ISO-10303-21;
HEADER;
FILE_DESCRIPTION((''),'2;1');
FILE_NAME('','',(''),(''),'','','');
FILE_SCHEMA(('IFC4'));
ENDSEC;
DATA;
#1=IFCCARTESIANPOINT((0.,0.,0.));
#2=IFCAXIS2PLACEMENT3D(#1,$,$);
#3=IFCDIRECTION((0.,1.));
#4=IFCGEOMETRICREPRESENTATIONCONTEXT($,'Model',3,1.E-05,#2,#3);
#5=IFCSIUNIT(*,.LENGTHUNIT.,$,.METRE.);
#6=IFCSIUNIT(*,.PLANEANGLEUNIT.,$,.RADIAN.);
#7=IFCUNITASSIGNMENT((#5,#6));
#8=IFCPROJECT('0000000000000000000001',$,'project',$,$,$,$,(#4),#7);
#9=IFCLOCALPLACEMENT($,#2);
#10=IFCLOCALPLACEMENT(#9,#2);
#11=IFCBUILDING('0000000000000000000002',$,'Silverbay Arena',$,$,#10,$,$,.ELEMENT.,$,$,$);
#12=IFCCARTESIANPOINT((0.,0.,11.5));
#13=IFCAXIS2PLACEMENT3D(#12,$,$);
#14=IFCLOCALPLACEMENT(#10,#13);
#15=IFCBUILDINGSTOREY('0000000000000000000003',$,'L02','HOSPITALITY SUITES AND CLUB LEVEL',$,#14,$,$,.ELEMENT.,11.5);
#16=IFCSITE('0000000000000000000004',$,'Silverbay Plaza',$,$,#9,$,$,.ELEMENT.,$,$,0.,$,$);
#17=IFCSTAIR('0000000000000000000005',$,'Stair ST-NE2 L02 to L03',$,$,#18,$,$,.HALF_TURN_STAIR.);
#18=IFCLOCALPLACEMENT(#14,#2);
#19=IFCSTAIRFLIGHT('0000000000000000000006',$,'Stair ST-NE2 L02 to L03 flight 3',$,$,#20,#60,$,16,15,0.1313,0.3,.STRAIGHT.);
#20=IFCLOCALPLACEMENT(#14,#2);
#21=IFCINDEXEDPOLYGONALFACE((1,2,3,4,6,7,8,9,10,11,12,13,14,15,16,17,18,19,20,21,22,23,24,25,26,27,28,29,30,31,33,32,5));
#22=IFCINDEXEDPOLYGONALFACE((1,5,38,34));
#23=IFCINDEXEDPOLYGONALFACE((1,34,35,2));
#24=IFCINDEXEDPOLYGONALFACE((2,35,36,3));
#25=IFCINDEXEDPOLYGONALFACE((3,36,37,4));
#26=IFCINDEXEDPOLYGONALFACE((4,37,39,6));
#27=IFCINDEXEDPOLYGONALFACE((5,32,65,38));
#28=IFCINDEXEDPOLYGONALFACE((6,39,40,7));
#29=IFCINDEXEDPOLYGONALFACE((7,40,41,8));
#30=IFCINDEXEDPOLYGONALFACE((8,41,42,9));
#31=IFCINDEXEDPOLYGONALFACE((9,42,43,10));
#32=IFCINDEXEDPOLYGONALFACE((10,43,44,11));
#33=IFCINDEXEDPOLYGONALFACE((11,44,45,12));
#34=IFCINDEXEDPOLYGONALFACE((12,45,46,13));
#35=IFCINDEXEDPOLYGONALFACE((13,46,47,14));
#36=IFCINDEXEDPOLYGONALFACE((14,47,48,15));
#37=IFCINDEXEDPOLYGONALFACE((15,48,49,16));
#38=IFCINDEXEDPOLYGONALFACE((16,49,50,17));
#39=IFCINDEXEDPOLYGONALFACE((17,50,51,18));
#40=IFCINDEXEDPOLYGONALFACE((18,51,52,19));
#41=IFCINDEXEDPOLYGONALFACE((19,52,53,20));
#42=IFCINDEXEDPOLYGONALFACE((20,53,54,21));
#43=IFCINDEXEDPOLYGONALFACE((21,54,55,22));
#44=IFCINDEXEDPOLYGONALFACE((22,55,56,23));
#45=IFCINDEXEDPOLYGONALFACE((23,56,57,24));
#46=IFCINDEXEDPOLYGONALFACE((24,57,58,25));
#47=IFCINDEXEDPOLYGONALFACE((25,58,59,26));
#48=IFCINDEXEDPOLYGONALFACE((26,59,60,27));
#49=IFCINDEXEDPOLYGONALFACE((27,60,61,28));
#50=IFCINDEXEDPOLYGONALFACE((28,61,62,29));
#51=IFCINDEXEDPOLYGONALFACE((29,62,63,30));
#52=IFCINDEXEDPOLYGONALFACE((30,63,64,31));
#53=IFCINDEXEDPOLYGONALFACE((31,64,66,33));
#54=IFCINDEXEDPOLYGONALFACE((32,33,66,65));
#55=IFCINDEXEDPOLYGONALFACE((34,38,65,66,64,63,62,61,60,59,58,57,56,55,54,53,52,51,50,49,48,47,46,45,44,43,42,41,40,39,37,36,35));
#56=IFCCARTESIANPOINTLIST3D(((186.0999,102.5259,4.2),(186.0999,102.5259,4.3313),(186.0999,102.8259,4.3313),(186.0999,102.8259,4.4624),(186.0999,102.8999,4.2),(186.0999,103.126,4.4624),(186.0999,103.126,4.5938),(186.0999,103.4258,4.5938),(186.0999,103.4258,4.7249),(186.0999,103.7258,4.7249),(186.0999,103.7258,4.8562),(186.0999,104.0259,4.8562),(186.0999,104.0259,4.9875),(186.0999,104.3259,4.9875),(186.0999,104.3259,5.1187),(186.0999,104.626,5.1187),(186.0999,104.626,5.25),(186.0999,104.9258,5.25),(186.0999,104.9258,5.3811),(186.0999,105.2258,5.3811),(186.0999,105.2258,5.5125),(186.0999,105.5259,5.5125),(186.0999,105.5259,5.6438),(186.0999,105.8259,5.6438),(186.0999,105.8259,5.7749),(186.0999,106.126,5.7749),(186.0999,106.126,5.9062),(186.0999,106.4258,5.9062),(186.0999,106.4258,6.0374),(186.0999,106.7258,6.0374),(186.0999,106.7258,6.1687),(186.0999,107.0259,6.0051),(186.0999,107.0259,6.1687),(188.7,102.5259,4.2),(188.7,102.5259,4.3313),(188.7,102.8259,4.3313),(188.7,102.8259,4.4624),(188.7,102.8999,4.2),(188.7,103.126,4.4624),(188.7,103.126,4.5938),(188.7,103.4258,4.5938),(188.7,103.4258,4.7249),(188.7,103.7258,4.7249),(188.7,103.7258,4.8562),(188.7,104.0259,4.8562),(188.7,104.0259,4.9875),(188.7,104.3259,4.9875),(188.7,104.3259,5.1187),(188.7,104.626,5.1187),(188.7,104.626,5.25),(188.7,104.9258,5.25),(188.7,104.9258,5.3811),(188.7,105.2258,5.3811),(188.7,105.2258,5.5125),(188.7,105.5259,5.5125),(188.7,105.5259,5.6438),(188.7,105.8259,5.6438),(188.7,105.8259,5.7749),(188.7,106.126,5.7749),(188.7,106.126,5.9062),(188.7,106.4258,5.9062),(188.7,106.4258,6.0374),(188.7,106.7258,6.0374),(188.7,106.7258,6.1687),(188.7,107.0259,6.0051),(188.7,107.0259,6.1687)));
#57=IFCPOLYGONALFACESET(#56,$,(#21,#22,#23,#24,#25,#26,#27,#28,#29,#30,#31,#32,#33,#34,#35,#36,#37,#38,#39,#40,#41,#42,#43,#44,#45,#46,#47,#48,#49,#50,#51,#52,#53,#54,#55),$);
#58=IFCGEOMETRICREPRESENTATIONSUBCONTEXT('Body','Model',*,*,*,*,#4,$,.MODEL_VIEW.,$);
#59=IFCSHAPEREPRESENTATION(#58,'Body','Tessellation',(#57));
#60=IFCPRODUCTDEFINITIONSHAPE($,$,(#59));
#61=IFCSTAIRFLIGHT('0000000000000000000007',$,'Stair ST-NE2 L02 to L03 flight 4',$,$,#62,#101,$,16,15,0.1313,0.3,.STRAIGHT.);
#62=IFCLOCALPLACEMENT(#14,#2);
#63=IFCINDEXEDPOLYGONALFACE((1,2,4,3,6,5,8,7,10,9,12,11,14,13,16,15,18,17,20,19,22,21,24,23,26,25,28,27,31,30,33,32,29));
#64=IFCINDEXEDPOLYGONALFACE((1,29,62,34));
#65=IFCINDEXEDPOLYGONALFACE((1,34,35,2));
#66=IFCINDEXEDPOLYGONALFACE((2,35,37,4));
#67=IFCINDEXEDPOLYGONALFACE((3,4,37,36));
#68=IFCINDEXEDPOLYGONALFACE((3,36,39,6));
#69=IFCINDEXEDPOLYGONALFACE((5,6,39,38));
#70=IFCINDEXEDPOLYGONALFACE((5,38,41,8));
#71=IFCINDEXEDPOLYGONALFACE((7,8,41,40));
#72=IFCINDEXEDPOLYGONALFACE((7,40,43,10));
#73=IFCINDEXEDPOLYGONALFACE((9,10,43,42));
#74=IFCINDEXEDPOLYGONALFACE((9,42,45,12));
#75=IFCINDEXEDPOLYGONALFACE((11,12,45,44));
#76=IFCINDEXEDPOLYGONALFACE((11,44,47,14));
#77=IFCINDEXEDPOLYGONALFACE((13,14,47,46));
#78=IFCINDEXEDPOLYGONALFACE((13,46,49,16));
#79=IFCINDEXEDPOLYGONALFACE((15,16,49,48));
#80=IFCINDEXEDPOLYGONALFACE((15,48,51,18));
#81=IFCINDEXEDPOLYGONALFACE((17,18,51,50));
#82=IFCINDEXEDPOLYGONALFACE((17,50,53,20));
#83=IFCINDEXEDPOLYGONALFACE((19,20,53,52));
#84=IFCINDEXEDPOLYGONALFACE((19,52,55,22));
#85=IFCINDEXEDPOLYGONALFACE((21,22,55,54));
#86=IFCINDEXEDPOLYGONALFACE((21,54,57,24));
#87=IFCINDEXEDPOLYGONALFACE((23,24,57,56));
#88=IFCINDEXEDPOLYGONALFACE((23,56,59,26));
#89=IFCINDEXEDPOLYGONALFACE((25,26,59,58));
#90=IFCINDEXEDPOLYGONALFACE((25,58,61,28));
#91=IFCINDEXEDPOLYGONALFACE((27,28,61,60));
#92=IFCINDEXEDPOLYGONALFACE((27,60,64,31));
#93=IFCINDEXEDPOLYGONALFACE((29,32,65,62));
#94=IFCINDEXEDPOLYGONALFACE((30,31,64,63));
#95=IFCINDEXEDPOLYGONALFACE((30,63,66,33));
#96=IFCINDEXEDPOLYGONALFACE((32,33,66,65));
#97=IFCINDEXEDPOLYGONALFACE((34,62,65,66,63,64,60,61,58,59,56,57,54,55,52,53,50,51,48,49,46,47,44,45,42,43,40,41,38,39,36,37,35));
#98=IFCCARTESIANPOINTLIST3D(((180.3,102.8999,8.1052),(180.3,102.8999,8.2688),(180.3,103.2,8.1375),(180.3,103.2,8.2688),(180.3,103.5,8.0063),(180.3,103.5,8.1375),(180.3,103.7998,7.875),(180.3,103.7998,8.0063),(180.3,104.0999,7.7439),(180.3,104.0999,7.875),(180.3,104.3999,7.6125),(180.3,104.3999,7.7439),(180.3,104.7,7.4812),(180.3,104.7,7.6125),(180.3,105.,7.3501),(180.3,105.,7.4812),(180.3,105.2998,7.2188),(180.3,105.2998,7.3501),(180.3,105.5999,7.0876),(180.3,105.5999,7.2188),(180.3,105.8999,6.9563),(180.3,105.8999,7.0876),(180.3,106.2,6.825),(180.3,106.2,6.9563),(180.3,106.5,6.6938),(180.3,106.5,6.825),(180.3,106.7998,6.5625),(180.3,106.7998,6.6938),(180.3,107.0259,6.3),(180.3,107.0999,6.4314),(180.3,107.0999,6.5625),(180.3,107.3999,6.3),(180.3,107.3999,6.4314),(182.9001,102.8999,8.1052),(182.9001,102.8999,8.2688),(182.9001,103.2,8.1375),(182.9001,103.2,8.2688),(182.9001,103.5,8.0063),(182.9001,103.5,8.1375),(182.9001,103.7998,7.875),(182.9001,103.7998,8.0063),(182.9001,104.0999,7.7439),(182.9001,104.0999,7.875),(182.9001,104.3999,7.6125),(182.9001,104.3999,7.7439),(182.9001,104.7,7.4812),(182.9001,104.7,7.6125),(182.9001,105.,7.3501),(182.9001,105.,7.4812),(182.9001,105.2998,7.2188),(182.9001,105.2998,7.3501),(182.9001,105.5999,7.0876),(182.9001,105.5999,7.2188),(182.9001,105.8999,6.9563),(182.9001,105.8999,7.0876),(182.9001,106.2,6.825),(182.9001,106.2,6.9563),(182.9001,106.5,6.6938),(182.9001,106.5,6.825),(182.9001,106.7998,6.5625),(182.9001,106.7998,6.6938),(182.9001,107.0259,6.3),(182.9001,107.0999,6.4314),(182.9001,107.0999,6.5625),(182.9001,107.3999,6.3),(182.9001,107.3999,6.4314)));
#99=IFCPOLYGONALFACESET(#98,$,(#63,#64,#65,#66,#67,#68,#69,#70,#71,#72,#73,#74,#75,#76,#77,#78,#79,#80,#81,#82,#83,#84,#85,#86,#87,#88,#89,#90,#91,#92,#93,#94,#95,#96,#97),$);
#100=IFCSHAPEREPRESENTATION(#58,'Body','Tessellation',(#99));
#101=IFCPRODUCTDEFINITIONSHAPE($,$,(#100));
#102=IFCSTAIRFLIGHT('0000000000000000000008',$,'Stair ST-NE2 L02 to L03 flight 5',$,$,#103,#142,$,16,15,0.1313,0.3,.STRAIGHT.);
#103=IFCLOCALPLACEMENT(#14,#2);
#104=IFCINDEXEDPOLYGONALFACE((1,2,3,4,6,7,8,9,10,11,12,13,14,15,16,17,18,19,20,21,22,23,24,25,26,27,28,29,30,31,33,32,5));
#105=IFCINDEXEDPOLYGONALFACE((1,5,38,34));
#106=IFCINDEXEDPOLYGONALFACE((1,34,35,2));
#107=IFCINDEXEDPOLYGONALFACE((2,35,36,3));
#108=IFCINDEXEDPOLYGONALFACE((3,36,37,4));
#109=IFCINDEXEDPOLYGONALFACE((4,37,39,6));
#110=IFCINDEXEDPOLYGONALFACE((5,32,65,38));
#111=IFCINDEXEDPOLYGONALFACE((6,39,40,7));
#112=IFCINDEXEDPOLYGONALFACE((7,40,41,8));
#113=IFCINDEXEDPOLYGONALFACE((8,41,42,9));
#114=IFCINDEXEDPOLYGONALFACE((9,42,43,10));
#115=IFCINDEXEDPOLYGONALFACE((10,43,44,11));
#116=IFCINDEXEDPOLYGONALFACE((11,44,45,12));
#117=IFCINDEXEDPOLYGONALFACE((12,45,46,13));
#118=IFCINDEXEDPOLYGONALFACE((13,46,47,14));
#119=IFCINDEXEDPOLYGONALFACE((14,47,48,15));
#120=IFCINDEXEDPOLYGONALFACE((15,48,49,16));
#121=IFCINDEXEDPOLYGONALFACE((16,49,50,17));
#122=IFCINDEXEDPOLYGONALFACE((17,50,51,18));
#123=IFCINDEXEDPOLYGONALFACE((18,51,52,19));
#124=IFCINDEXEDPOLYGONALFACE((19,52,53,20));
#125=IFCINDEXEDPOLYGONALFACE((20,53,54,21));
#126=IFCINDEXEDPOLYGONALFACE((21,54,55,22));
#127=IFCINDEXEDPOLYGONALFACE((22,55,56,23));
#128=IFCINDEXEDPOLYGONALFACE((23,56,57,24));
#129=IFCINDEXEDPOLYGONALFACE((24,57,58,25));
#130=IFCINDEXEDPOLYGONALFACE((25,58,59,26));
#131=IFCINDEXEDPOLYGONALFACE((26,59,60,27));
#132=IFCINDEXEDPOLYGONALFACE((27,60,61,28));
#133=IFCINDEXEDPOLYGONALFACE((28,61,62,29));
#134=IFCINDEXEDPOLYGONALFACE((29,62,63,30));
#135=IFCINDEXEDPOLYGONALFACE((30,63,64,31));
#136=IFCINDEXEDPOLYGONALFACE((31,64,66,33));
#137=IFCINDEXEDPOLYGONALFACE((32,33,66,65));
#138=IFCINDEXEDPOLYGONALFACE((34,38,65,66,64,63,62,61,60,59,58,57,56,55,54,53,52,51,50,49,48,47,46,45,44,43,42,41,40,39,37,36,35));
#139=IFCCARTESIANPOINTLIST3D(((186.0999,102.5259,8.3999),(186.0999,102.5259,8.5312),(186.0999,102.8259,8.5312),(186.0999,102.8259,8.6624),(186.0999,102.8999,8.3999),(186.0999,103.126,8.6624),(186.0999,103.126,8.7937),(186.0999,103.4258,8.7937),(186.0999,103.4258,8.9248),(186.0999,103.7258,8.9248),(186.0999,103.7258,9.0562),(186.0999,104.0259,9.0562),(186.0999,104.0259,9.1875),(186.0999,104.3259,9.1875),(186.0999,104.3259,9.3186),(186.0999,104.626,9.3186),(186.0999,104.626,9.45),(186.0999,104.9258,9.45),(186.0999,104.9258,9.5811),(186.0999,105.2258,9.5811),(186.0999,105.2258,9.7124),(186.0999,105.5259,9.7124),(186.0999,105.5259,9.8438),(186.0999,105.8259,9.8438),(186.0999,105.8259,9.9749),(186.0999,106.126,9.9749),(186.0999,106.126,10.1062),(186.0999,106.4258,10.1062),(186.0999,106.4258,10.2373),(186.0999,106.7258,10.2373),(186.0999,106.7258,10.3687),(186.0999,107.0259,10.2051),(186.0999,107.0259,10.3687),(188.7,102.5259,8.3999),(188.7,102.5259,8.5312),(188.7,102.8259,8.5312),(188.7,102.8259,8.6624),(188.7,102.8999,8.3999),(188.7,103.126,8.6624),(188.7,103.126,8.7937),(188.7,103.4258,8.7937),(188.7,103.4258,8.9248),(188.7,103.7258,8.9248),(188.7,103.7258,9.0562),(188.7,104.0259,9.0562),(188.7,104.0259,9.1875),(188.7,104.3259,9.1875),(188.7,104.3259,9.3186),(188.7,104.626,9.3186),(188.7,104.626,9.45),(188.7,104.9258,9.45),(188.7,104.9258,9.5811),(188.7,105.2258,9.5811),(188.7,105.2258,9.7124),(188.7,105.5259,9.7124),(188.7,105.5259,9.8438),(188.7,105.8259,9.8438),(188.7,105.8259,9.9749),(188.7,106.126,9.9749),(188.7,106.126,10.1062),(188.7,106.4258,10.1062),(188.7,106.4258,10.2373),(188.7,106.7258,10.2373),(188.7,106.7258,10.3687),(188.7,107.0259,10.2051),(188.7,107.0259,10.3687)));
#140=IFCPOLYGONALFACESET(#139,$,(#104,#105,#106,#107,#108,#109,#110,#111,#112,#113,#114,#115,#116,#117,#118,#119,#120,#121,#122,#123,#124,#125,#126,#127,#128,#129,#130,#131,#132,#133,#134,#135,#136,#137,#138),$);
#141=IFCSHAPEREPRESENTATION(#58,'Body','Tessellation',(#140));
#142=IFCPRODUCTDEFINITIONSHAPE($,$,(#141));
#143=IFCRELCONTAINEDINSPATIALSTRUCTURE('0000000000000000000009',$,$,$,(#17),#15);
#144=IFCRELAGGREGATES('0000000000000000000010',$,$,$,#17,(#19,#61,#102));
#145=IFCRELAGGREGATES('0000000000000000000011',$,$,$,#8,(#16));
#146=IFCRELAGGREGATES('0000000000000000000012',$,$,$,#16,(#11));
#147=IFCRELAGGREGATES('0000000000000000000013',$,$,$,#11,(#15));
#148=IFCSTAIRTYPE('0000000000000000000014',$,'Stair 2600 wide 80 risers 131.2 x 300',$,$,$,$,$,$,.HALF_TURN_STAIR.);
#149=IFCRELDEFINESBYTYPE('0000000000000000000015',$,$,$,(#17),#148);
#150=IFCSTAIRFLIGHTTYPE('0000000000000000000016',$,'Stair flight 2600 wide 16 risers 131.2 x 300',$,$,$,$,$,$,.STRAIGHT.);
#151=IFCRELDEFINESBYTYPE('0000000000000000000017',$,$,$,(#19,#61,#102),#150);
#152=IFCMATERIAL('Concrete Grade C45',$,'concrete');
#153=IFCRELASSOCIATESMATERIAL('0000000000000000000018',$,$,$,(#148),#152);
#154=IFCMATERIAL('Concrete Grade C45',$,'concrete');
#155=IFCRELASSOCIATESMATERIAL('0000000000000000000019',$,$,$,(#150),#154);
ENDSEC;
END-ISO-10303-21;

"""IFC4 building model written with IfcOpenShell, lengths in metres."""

from ifc_helpers import new_model, si_unit, direction, frame, origin, place, context, subcontext, project, spatial, polyline, outline, extrude, material, type_object, element, aggregate, save


model = new_model("IFC4")

# Units and contexts
model_context = context("Model", 3, precision=1e-05, world=origin(), true_north=direction((0.0, 1.0)))
body_context = subcontext(model_context, "Body", "Model", "MODEL_VIEW")
ifc_project = project(units=[si_unit("LENGTHUNIT", "METRE"), si_unit("PLANEANGLEUNIT", "RADIAN")], contexts=[model_context])

# Site, building, storey
site_placement = place(None, origin())
site = spatial("IfcSite", under=ifc_project, at=site_placement, Name="Silverbay Plaza", CompositionType="ELEMENT", RefElevation=0.0)
building_placement = place(site_placement, origin())
building = spatial("IfcBuilding", under=site, at=building_placement, Name="Silverbay Arena", CompositionType="ELEMENT")
storey_placement = place(building_placement, frame((0.0, 0.0, 11.5)))
storey = spatial("IfcBuildingStorey", under=building, at=storey_placement, Name="L02", Description="HOSPITALITY SUITES AND CLUB LEVEL", CompositionType="ELEMENT", Elevation=11.5)

# Stair, stair flights
ifc_material_1 = material(Name="Concrete Grade C45", Category="concrete")
stair_type = type_object("IfcStairType", Name="Stair 2600 wide 80 risers 131.2 x 300", PredefinedType="HALF_TURN_STAIR", material=ifc_material_1)
stair_placement = place(storey_placement, origin())
stair = element("IfcStair", 1, at=stair_placement, inside=storey, type_object=stair_type, Name="Stair ST-NE2 L02 to L03", PredefinedType="HALF_TURN_STAIR")
ifc_material_2 = material(Name="Concrete Grade C45", Category="concrete")
stair_flight_type = type_object("IfcStairFlightType", Name="Stair flight 2600 wide 16 risers 131.2 x 300", PredefinedType="STRAIGHT", material=ifc_material_2)
stair_flight_1_placement = place(storey_placement, frame((187.3999, 102.5259, 4.2), z_axis=(0.0, 0.0, 1.0), x_axis=(0.0, 1.0, 0.0)))
stair_flight_1 = element("IfcStairFlight", 2, at=stair_flight_1_placement, type_object=stair_flight_type, Name="Stair ST-NE2 L02 to L03 flight 3", NumberOfRisers=16, NumberOfTreads=15, PredefinedType="STRAIGHT", RiserHeight=0.1313, TreadLength=0.3, context=body_context, shape_type="SweptSolid", body=[
    extrude(outline(polyline([(0.0, 0.0), (0.0, 0.1313), (0.3, 0.1313), (0.3, 0.2625), (0.6001, 0.2625), (0.6001, 0.3938), (0.8999, 0.3938), (0.8999, 0.5249), (1.2, 0.5249), (1.2, 0.6562), (1.5, 0.6562), (1.5, 0.7876), (1.8, 0.7876), (1.8, 0.9187), (2.1001, 0.9187), (2.1001, 1.05), (2.3999, 1.05), (2.3999, 1.1812), (2.7, 1.1812), (2.7, 1.3125), (3.0, 1.3125), (3.0, 1.4438), (3.3, 1.4438), (3.3, 1.575), (3.6001, 1.575), (3.6001, 1.7063), (3.8999, 1.7063), (3.8999, 1.8374), (4.2, 1.8374), (4.2, 1.9688), (4.5, 1.9688), (4.5, 1.8052), (0.374, 0.0), (0.0, 0.0)])), frame((0.0, 1.3, 0.0), z_axis=(0.0, -1.0, 0.0), x_axis=(1.0, 0.0, 0.0)), (0.0, 0.0, 1.0), 2.6001),
])
stair_flight_2_placement = place(storey_placement, frame((181.6001, 107.3999, 6.3), z_axis=(0.0, 0.0, 1.0), x_axis=(0.0, -1.0, 0.0)))
stair_flight_2 = element("IfcStairFlight", 3, at=stair_flight_2_placement, type_object=stair_flight_type, Name="Stair ST-NE2 L02 to L03 flight 4", NumberOfRisers=16, NumberOfTreads=15, PredefinedType="STRAIGHT", RiserHeight=0.1313, TreadLength=0.3, context=body_context, shape_type="SweptSolid", body=[
    extrude(outline(polyline([(0.0, 0.0), (0.0, 0.1313), (0.3, 0.1313), (0.3, 0.2625), (0.6001, 0.2625), (0.6001, 0.3938), (0.8999, 0.3938), (0.8999, 0.5249), (1.2, 0.5249), (1.2, 0.6562), (1.5, 0.6562), (1.5, 0.7876), (1.8, 0.7876), (1.8, 0.9187), (2.1001, 0.9187), (2.1001, 1.05), (2.3999, 1.05), (2.3999, 1.1812), (2.7, 1.1812), (2.7, 1.3125), (3.0, 1.3125), (3.0, 1.4438), (3.3, 1.4438), (3.3, 1.575), (3.6001, 1.575), (3.6001, 1.7063), (3.8999, 1.7063), (3.8999, 1.8374), (4.2, 1.8374), (4.2, 1.9688), (4.5, 1.9688), (4.5, 1.8052), (0.374, 0.0), (0.0, 0.0)])), frame((0.0, 1.3, 0.0), z_axis=(0.0, -1.0, 0.0), x_axis=(1.0, 0.0, 0.0)), (0.0, 0.0, 1.0), 2.6001),
])
stair_flight_3_placement = place(storey_placement, frame((187.3999, 102.5259, 8.3999), z_axis=(0.0, 0.0, 1.0), x_axis=(0.0, 1.0, 0.0)))
stair_flight_3 = element("IfcStairFlight", 4, at=stair_flight_3_placement, type_object=stair_flight_type, Name="Stair ST-NE2 L02 to L03 flight 5", NumberOfRisers=16, NumberOfTreads=15, PredefinedType="STRAIGHT", RiserHeight=0.1313, TreadLength=0.3, context=body_context, shape_type="SweptSolid", body=[
    extrude(outline(polyline([(0.0, 0.0), (0.0, 0.1313), (0.3, 0.1313), (0.3, 0.2625), (0.6001, 0.2625), (0.6001, 0.3938), (0.8999, 0.3938), (0.8999, 0.5249), (1.2, 0.5249), (1.2, 0.6562), (1.5, 0.6562), (1.5, 0.7876), (1.8, 0.7876), (1.8, 0.9187), (2.1001, 0.9187), (2.1001, 1.05), (2.3999, 1.05), (2.3999, 1.1812), (2.7, 1.1812), (2.7, 1.3125), (3.0, 1.3125), (3.0, 1.4438), (3.3, 1.4438), (3.3, 1.575), (3.6001, 1.575), (3.6001, 1.7063), (3.8999, 1.7063), (3.8999, 1.8374), (4.2, 1.8374), (4.2, 1.9688), (4.5, 1.9688), (4.5, 1.8052), (0.374, 0.0), (0.0, 0.0)])), frame((0.0, 1.3, 0.0), z_axis=(0.0, -1.0, 0.0), x_axis=(1.0, 0.0, 0.0)), (0.0, 0.0, 1.0), 2.6001),
])
aggregate(stair, [stair_flight_1, stair_flight_2, stair_flight_3])

save(model, "model.ifc")
